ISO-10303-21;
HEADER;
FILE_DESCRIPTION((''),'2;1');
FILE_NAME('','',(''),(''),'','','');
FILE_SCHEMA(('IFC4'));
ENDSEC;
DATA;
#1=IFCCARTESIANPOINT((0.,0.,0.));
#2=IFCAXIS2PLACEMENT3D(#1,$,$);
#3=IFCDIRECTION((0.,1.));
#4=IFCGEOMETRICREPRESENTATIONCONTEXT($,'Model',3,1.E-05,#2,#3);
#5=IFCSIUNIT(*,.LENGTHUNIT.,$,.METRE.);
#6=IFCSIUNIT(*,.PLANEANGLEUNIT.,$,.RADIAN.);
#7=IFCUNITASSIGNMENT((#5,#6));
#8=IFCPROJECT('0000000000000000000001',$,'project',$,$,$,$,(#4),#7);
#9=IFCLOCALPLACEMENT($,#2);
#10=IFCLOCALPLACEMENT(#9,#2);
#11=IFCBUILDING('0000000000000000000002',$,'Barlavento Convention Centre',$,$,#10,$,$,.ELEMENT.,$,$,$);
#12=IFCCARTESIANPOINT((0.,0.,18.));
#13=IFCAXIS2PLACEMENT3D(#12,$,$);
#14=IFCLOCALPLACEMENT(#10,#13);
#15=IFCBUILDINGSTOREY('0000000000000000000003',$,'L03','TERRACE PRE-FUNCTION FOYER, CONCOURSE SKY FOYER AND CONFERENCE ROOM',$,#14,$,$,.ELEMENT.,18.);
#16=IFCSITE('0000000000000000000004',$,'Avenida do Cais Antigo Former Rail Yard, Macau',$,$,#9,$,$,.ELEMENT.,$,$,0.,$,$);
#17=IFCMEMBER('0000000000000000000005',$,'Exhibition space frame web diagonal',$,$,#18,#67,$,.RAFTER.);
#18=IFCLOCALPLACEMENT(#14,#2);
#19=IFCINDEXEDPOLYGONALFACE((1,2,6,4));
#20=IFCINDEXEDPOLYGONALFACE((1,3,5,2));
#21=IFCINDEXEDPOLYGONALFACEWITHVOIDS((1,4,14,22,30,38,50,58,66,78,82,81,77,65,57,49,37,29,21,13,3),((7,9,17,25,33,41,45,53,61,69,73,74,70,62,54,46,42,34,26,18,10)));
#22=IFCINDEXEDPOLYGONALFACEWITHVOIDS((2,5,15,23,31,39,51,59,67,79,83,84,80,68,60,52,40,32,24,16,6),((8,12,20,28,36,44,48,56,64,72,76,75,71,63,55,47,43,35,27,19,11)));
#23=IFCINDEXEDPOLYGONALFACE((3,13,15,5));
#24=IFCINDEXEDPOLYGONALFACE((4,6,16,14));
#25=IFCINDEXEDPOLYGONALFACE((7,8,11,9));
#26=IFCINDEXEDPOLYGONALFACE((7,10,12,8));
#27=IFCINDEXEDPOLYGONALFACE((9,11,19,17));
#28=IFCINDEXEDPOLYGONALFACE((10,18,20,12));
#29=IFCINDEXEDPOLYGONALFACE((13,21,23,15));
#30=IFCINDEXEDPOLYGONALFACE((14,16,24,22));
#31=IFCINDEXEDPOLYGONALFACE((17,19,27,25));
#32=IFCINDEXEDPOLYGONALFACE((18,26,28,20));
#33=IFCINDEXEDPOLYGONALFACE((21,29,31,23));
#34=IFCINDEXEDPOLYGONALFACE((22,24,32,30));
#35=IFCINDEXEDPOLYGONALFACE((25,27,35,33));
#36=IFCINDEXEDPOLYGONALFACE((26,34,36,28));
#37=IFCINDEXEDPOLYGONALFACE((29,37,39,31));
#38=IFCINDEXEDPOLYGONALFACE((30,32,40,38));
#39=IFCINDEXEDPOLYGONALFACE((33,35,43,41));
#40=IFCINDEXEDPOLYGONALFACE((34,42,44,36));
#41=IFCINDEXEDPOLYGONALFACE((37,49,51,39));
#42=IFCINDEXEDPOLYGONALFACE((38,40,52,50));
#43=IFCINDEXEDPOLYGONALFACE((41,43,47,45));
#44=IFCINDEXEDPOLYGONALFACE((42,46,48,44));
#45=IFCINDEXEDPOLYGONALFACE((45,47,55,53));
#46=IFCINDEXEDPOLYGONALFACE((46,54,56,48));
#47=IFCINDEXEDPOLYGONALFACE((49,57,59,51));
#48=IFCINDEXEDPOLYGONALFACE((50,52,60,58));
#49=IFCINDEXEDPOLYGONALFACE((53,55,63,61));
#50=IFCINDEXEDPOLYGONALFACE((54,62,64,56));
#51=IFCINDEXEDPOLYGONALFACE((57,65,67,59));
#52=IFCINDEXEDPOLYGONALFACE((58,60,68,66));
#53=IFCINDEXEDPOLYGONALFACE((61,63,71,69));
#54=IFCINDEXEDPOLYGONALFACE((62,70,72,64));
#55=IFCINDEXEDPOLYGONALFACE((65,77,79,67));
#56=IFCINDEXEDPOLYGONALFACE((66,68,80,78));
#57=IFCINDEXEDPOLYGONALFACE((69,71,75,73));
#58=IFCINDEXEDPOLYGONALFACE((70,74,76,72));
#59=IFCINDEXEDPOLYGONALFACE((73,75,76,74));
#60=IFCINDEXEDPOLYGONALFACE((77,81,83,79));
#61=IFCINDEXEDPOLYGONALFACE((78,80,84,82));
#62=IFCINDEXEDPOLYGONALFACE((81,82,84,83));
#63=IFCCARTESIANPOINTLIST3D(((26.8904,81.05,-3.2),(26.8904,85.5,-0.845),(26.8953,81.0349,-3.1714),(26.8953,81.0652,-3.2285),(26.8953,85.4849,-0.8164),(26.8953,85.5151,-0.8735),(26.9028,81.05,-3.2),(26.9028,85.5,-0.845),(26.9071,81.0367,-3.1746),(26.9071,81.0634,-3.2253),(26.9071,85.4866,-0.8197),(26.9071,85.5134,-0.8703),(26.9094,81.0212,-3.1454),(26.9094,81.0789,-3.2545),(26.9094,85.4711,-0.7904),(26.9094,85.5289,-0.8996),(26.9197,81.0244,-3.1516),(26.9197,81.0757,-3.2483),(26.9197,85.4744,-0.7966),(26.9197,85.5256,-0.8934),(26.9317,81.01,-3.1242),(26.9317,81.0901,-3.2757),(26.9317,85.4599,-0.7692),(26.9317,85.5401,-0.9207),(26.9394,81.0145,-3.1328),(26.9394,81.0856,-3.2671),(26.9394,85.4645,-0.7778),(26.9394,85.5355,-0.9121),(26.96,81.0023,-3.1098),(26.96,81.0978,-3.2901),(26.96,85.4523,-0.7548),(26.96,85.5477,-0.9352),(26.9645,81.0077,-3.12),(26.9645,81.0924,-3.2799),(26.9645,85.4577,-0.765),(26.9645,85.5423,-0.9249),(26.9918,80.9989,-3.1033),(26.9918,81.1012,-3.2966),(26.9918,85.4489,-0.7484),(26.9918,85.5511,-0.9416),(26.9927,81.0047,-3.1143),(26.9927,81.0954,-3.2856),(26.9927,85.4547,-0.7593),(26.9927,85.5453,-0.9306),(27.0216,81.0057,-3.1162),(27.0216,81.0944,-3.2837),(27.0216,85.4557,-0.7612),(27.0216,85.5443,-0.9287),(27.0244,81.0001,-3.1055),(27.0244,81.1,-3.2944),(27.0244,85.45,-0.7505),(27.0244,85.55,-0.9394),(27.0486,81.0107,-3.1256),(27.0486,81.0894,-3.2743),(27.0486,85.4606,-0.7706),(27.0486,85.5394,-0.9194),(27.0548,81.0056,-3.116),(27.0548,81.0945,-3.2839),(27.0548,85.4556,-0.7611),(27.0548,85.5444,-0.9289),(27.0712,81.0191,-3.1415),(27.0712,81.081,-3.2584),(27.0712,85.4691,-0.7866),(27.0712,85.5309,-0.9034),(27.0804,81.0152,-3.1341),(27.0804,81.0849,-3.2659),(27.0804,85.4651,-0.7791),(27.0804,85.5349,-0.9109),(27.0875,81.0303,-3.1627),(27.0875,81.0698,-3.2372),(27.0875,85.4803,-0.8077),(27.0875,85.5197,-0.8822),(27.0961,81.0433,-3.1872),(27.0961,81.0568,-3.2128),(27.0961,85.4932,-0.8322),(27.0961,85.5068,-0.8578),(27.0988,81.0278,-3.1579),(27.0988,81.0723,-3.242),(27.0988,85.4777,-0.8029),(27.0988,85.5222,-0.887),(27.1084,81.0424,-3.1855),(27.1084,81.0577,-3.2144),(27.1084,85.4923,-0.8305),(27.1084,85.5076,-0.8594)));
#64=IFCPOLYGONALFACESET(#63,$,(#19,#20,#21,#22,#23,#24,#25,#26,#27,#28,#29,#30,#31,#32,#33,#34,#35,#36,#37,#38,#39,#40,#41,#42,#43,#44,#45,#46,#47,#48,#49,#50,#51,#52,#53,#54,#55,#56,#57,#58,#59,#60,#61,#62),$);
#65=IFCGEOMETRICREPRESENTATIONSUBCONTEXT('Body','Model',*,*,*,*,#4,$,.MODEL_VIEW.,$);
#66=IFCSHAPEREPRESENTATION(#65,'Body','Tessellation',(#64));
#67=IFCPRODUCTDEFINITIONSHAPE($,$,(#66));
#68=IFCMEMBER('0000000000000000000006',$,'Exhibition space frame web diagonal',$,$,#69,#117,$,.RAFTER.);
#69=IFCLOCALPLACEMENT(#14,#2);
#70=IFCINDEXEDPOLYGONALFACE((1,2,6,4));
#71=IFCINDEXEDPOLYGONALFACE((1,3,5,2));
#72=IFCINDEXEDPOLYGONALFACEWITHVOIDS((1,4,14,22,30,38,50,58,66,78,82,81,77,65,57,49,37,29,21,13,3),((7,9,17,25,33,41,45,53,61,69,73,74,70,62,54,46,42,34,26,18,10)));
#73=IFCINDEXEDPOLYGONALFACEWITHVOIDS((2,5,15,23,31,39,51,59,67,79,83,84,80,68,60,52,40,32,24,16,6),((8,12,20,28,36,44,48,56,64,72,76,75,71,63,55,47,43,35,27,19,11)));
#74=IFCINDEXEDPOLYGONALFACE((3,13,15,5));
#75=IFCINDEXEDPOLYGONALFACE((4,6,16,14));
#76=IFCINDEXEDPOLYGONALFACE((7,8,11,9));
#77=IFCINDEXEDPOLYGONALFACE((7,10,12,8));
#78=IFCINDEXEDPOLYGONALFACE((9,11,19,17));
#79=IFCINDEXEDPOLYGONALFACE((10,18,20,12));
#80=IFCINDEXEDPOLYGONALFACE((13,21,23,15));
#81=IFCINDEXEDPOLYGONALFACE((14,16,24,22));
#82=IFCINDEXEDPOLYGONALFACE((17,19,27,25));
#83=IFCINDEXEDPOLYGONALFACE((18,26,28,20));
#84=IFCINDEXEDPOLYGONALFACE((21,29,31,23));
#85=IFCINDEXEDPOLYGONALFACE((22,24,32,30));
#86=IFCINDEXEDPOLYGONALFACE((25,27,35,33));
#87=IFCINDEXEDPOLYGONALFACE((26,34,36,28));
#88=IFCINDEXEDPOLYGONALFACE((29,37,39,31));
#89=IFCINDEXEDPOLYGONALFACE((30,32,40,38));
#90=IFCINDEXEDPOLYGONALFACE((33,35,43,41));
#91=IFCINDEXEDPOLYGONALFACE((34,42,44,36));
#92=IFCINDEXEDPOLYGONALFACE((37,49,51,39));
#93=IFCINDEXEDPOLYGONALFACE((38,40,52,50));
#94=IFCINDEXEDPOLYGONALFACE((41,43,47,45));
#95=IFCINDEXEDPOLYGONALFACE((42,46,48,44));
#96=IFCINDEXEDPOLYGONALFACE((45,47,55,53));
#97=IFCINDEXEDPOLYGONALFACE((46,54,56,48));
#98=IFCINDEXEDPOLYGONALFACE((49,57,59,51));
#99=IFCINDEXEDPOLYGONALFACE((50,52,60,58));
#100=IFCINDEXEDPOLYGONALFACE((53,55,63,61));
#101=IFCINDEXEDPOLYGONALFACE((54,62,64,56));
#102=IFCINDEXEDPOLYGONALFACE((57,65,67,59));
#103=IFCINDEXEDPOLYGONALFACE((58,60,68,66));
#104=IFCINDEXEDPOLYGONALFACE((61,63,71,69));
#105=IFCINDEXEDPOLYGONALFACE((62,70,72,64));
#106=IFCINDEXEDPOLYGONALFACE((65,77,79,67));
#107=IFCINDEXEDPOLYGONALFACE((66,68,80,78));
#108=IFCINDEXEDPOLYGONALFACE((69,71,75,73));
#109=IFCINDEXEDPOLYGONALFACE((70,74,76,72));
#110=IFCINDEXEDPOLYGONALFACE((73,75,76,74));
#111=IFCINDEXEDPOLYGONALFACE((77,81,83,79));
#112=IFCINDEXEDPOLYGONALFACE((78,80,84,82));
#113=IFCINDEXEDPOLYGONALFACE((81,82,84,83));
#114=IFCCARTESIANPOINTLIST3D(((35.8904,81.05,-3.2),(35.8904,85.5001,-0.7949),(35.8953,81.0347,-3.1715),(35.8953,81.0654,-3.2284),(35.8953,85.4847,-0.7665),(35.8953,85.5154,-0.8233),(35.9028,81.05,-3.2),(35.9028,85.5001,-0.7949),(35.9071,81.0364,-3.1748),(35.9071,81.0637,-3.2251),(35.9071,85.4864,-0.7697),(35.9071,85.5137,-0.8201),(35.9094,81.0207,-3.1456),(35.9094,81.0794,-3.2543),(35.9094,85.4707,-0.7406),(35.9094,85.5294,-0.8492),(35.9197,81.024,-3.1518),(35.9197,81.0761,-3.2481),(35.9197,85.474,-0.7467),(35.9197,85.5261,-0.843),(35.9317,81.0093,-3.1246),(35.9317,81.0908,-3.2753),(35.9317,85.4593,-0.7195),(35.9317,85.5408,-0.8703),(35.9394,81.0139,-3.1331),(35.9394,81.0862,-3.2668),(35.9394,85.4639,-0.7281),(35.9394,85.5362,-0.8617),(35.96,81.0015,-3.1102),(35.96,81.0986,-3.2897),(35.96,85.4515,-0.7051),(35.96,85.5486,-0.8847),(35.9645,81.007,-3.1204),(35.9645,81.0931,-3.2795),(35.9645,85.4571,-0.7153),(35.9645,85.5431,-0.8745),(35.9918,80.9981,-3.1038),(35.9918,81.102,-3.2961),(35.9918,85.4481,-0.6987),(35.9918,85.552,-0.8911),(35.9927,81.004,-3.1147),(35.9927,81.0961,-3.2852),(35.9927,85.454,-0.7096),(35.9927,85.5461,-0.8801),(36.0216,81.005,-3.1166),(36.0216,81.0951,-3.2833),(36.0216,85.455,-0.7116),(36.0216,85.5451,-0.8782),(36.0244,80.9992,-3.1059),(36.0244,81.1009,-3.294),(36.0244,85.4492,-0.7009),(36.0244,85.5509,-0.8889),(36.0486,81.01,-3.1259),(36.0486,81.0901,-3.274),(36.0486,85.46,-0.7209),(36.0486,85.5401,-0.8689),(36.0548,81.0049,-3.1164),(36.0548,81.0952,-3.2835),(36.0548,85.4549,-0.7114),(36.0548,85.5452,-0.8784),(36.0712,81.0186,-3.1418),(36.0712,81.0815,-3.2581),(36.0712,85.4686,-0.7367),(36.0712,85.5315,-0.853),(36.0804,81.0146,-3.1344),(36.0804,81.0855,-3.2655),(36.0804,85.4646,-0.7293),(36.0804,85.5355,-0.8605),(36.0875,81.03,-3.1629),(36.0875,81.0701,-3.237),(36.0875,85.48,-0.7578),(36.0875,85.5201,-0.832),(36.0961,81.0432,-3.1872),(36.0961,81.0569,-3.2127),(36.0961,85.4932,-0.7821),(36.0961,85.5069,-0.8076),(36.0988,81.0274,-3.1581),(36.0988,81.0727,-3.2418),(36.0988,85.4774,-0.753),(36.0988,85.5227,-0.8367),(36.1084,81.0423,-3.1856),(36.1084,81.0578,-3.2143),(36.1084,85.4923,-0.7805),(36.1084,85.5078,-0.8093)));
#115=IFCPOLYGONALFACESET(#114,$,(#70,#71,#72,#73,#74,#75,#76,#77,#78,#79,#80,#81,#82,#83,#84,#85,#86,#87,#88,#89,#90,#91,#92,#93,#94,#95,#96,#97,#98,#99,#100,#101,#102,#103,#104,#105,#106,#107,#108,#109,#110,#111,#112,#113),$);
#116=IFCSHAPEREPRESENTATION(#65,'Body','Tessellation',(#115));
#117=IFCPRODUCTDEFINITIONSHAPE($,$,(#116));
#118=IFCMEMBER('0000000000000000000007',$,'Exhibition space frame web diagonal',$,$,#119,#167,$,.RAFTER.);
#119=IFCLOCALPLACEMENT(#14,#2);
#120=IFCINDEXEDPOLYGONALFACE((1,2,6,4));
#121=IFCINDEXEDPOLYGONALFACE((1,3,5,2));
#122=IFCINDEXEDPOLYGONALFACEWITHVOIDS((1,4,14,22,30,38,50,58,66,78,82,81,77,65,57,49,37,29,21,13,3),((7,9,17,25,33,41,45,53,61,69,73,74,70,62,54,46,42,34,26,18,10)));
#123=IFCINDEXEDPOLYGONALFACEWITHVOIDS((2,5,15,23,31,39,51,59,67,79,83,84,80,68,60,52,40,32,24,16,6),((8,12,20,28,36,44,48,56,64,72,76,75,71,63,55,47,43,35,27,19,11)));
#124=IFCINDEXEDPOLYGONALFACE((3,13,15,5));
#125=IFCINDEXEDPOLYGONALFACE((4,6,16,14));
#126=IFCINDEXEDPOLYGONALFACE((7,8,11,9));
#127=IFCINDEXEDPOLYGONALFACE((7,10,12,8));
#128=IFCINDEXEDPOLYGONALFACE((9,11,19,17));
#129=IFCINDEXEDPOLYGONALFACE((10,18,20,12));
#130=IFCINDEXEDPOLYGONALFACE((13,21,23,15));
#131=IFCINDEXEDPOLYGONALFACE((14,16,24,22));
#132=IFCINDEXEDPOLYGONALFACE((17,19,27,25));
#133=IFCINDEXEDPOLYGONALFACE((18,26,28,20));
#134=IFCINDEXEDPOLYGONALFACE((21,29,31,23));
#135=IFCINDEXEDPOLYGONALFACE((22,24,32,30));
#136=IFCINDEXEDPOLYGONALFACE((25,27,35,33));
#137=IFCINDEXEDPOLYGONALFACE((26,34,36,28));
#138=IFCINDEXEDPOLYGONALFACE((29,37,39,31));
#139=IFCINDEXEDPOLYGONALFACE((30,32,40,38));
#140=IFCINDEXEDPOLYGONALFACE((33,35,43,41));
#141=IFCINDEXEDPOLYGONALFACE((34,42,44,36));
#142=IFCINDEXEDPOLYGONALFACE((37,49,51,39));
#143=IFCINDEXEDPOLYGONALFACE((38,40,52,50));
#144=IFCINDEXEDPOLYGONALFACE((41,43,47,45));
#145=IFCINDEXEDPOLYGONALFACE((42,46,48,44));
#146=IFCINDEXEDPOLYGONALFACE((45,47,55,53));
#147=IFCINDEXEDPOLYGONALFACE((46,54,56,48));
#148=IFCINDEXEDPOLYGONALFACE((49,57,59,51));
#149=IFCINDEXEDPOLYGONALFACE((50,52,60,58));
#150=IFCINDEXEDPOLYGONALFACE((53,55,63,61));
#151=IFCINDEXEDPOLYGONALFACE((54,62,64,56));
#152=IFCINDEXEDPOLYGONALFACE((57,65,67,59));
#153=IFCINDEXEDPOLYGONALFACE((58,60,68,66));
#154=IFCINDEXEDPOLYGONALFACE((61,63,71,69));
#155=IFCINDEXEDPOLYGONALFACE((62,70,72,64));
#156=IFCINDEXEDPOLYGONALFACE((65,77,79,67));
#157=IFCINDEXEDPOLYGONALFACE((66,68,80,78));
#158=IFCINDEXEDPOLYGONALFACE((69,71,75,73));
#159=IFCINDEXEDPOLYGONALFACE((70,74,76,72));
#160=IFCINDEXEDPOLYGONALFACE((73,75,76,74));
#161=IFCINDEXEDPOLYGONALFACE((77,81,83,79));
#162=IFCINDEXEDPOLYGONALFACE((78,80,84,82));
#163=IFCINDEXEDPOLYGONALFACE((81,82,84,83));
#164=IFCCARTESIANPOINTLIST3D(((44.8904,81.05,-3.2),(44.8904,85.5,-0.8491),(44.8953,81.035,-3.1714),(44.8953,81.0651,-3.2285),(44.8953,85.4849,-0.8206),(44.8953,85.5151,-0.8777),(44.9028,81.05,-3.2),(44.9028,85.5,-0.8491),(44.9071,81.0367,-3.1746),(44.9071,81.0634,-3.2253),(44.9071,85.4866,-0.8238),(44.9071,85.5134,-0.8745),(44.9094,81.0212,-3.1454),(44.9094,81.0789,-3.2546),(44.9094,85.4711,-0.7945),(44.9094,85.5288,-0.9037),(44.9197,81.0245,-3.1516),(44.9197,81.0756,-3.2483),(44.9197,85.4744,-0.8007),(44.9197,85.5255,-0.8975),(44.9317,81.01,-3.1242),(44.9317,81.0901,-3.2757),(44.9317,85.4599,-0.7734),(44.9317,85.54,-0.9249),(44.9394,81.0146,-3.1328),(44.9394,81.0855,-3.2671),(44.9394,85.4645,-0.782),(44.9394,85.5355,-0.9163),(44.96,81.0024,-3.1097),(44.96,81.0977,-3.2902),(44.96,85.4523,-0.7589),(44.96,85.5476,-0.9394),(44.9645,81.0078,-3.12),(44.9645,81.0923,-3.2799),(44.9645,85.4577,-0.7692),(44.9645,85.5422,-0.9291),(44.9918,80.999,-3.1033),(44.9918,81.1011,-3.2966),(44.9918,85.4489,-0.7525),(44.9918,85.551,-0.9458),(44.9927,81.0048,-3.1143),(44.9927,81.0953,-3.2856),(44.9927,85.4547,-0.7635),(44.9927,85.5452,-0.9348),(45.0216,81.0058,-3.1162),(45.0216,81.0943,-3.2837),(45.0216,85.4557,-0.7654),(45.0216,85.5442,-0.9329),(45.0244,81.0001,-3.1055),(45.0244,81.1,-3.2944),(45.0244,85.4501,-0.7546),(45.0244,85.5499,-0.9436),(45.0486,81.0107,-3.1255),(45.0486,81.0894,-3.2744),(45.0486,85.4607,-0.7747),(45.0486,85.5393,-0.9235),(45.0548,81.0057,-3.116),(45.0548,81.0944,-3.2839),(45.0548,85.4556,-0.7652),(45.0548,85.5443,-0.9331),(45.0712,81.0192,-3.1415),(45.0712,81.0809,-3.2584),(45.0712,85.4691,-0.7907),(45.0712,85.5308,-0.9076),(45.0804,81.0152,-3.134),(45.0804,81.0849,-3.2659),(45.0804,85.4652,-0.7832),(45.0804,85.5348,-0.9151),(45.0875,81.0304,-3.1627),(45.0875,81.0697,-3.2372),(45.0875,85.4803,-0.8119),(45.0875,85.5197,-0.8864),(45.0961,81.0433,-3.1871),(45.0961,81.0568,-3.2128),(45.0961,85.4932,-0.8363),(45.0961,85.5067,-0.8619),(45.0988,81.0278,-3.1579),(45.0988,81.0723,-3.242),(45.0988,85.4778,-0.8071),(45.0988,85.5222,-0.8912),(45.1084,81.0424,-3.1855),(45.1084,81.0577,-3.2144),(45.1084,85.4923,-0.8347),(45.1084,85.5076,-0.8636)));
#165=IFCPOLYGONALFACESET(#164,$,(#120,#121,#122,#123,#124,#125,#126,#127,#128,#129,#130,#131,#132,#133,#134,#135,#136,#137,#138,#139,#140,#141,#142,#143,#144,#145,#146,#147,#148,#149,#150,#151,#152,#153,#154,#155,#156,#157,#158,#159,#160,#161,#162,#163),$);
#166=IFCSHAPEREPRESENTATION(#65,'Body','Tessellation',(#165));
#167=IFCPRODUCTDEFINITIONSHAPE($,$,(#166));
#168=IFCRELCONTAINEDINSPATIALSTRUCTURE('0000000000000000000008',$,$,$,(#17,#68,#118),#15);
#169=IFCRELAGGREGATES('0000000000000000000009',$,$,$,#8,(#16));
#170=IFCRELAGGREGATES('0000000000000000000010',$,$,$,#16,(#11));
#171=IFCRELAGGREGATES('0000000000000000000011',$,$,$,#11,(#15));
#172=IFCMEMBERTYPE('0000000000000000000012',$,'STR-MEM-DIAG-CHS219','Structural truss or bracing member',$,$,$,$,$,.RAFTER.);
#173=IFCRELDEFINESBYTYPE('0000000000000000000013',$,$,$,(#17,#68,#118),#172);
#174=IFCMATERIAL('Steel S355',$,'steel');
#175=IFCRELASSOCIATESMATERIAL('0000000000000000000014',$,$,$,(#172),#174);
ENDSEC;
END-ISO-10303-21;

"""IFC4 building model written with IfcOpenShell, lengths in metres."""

from ifc_helpers import new_model, si_unit, direction, frame, origin, origin_2d, place, context, subcontext, project, spatial, hollow_circle, extrude, material, material_profile, profile_set, type_object, element, save


model = new_model("IFC4")

# Units and contexts
model_context = context("Model", 3, precision=1e-05, world=origin(), true_north=direction((0.0, 1.0)))
body_context = subcontext(model_context, "Body", "Model", "MODEL_VIEW")
ifc_project = project(units=[si_unit("LENGTHUNIT", "METRE"), si_unit("PLANEANGLEUNIT", "RADIAN")], contexts=[model_context])

# Site, building, storey
site_placement = place(None, origin())
site = spatial("IfcSite", under=ifc_project, at=site_placement, Name="Avenida do Cais Antigo Former Rail Yard, Macau", CompositionType="ELEMENT", RefElevation=0.0)
building_placement = place(site_placement, origin())
building = spatial("IfcBuilding", under=site, at=building_placement, Name="Barlavento Convention Centre", CompositionType="ELEMENT")
storey_placement = place(building_placement, frame((0.0, 0.0, 18.0)))
storey = spatial("IfcBuildingStorey", under=building, at=storey_placement, Name="L03", Description="TERRACE PRE-FUNCTION FOYER, CONCOURSE SKY FOYER AND CONFERENCE ROOM", CompositionType="ELEMENT", Elevation=18.0)

# Members
ifc_material_1 = material(Name="Steel S355", Category="steel")
ifc_material_profile_1 = material_profile(ifc_material_1, hollow_circle(Radius=0.1096, WallThickness=0.0125, at=origin_2d()), Name="CHS 219.1x12.5")
ifc_profile_set_1 = profile_set([ifc_material_profile_1], Name="Steel S355")
member_type_1 = type_object("IfcMemberType", Name="STR-MEM-DIAG-CHS219", Description="Structural truss or bracing member", PredefinedType="RAFTER", material=ifc_profile_set_1)
member_1_placement = place(storey_placement, frame((27.0, 81.05, -3.2), z_axis=(0.0, 0.88386, 0.467752), x_axis=(-1.0, 0.0, 0.0)))
element("IfcMember", 1, at=member_1_placement, inside=storey, type_object=member_type_1, Name="Exhibition space frame web diagonal", PredefinedType="RAFTER", context=body_context, shape_type="SweptSolid", body=[
    extrude(hollow_circle(Radius=0.1096, WallThickness=0.0125, at=origin_2d()), origin(), (0.0, 0.0, 1.0), 5.0347),
])
member_2_placement = place(storey_placement, frame((36.0, 81.05, -3.2), z_axis=(0.0, 0.879735, 0.475464), x_axis=(-1.0, 0.0, 0.0)))
element("IfcMember", 2, at=member_2_placement, inside=storey, type_object=member_type_1, Name="Exhibition space frame web diagonal", PredefinedType="RAFTER", context=body_context, shape_type="SweptSolid", body=[
    extrude(hollow_circle(Radius=0.1096, WallThickness=0.0125, at=origin_2d()), origin(), (0.0, 0.0, 1.0), 5.0583),
])
member_3_placement = place(storey_placement, frame((45.0, 81.05, -3.2), z_axis=(0.0, 0.884201, 0.467107), x_axis=(-1.0, 0.0, 0.0)))
element("IfcMember", 3, at=member_3_placement, inside=storey, type_object=member_type_1, Name="Exhibition space frame web diagonal", PredefinedType="RAFTER", context=body_context, shape_type="SweptSolid", body=[
    extrude(hollow_circle(Radius=0.1096, WallThickness=0.0125, at=origin_2d()), origin(), (0.0, 0.0, 1.0), 5.0327),
])

save(model, "model.ifc")
